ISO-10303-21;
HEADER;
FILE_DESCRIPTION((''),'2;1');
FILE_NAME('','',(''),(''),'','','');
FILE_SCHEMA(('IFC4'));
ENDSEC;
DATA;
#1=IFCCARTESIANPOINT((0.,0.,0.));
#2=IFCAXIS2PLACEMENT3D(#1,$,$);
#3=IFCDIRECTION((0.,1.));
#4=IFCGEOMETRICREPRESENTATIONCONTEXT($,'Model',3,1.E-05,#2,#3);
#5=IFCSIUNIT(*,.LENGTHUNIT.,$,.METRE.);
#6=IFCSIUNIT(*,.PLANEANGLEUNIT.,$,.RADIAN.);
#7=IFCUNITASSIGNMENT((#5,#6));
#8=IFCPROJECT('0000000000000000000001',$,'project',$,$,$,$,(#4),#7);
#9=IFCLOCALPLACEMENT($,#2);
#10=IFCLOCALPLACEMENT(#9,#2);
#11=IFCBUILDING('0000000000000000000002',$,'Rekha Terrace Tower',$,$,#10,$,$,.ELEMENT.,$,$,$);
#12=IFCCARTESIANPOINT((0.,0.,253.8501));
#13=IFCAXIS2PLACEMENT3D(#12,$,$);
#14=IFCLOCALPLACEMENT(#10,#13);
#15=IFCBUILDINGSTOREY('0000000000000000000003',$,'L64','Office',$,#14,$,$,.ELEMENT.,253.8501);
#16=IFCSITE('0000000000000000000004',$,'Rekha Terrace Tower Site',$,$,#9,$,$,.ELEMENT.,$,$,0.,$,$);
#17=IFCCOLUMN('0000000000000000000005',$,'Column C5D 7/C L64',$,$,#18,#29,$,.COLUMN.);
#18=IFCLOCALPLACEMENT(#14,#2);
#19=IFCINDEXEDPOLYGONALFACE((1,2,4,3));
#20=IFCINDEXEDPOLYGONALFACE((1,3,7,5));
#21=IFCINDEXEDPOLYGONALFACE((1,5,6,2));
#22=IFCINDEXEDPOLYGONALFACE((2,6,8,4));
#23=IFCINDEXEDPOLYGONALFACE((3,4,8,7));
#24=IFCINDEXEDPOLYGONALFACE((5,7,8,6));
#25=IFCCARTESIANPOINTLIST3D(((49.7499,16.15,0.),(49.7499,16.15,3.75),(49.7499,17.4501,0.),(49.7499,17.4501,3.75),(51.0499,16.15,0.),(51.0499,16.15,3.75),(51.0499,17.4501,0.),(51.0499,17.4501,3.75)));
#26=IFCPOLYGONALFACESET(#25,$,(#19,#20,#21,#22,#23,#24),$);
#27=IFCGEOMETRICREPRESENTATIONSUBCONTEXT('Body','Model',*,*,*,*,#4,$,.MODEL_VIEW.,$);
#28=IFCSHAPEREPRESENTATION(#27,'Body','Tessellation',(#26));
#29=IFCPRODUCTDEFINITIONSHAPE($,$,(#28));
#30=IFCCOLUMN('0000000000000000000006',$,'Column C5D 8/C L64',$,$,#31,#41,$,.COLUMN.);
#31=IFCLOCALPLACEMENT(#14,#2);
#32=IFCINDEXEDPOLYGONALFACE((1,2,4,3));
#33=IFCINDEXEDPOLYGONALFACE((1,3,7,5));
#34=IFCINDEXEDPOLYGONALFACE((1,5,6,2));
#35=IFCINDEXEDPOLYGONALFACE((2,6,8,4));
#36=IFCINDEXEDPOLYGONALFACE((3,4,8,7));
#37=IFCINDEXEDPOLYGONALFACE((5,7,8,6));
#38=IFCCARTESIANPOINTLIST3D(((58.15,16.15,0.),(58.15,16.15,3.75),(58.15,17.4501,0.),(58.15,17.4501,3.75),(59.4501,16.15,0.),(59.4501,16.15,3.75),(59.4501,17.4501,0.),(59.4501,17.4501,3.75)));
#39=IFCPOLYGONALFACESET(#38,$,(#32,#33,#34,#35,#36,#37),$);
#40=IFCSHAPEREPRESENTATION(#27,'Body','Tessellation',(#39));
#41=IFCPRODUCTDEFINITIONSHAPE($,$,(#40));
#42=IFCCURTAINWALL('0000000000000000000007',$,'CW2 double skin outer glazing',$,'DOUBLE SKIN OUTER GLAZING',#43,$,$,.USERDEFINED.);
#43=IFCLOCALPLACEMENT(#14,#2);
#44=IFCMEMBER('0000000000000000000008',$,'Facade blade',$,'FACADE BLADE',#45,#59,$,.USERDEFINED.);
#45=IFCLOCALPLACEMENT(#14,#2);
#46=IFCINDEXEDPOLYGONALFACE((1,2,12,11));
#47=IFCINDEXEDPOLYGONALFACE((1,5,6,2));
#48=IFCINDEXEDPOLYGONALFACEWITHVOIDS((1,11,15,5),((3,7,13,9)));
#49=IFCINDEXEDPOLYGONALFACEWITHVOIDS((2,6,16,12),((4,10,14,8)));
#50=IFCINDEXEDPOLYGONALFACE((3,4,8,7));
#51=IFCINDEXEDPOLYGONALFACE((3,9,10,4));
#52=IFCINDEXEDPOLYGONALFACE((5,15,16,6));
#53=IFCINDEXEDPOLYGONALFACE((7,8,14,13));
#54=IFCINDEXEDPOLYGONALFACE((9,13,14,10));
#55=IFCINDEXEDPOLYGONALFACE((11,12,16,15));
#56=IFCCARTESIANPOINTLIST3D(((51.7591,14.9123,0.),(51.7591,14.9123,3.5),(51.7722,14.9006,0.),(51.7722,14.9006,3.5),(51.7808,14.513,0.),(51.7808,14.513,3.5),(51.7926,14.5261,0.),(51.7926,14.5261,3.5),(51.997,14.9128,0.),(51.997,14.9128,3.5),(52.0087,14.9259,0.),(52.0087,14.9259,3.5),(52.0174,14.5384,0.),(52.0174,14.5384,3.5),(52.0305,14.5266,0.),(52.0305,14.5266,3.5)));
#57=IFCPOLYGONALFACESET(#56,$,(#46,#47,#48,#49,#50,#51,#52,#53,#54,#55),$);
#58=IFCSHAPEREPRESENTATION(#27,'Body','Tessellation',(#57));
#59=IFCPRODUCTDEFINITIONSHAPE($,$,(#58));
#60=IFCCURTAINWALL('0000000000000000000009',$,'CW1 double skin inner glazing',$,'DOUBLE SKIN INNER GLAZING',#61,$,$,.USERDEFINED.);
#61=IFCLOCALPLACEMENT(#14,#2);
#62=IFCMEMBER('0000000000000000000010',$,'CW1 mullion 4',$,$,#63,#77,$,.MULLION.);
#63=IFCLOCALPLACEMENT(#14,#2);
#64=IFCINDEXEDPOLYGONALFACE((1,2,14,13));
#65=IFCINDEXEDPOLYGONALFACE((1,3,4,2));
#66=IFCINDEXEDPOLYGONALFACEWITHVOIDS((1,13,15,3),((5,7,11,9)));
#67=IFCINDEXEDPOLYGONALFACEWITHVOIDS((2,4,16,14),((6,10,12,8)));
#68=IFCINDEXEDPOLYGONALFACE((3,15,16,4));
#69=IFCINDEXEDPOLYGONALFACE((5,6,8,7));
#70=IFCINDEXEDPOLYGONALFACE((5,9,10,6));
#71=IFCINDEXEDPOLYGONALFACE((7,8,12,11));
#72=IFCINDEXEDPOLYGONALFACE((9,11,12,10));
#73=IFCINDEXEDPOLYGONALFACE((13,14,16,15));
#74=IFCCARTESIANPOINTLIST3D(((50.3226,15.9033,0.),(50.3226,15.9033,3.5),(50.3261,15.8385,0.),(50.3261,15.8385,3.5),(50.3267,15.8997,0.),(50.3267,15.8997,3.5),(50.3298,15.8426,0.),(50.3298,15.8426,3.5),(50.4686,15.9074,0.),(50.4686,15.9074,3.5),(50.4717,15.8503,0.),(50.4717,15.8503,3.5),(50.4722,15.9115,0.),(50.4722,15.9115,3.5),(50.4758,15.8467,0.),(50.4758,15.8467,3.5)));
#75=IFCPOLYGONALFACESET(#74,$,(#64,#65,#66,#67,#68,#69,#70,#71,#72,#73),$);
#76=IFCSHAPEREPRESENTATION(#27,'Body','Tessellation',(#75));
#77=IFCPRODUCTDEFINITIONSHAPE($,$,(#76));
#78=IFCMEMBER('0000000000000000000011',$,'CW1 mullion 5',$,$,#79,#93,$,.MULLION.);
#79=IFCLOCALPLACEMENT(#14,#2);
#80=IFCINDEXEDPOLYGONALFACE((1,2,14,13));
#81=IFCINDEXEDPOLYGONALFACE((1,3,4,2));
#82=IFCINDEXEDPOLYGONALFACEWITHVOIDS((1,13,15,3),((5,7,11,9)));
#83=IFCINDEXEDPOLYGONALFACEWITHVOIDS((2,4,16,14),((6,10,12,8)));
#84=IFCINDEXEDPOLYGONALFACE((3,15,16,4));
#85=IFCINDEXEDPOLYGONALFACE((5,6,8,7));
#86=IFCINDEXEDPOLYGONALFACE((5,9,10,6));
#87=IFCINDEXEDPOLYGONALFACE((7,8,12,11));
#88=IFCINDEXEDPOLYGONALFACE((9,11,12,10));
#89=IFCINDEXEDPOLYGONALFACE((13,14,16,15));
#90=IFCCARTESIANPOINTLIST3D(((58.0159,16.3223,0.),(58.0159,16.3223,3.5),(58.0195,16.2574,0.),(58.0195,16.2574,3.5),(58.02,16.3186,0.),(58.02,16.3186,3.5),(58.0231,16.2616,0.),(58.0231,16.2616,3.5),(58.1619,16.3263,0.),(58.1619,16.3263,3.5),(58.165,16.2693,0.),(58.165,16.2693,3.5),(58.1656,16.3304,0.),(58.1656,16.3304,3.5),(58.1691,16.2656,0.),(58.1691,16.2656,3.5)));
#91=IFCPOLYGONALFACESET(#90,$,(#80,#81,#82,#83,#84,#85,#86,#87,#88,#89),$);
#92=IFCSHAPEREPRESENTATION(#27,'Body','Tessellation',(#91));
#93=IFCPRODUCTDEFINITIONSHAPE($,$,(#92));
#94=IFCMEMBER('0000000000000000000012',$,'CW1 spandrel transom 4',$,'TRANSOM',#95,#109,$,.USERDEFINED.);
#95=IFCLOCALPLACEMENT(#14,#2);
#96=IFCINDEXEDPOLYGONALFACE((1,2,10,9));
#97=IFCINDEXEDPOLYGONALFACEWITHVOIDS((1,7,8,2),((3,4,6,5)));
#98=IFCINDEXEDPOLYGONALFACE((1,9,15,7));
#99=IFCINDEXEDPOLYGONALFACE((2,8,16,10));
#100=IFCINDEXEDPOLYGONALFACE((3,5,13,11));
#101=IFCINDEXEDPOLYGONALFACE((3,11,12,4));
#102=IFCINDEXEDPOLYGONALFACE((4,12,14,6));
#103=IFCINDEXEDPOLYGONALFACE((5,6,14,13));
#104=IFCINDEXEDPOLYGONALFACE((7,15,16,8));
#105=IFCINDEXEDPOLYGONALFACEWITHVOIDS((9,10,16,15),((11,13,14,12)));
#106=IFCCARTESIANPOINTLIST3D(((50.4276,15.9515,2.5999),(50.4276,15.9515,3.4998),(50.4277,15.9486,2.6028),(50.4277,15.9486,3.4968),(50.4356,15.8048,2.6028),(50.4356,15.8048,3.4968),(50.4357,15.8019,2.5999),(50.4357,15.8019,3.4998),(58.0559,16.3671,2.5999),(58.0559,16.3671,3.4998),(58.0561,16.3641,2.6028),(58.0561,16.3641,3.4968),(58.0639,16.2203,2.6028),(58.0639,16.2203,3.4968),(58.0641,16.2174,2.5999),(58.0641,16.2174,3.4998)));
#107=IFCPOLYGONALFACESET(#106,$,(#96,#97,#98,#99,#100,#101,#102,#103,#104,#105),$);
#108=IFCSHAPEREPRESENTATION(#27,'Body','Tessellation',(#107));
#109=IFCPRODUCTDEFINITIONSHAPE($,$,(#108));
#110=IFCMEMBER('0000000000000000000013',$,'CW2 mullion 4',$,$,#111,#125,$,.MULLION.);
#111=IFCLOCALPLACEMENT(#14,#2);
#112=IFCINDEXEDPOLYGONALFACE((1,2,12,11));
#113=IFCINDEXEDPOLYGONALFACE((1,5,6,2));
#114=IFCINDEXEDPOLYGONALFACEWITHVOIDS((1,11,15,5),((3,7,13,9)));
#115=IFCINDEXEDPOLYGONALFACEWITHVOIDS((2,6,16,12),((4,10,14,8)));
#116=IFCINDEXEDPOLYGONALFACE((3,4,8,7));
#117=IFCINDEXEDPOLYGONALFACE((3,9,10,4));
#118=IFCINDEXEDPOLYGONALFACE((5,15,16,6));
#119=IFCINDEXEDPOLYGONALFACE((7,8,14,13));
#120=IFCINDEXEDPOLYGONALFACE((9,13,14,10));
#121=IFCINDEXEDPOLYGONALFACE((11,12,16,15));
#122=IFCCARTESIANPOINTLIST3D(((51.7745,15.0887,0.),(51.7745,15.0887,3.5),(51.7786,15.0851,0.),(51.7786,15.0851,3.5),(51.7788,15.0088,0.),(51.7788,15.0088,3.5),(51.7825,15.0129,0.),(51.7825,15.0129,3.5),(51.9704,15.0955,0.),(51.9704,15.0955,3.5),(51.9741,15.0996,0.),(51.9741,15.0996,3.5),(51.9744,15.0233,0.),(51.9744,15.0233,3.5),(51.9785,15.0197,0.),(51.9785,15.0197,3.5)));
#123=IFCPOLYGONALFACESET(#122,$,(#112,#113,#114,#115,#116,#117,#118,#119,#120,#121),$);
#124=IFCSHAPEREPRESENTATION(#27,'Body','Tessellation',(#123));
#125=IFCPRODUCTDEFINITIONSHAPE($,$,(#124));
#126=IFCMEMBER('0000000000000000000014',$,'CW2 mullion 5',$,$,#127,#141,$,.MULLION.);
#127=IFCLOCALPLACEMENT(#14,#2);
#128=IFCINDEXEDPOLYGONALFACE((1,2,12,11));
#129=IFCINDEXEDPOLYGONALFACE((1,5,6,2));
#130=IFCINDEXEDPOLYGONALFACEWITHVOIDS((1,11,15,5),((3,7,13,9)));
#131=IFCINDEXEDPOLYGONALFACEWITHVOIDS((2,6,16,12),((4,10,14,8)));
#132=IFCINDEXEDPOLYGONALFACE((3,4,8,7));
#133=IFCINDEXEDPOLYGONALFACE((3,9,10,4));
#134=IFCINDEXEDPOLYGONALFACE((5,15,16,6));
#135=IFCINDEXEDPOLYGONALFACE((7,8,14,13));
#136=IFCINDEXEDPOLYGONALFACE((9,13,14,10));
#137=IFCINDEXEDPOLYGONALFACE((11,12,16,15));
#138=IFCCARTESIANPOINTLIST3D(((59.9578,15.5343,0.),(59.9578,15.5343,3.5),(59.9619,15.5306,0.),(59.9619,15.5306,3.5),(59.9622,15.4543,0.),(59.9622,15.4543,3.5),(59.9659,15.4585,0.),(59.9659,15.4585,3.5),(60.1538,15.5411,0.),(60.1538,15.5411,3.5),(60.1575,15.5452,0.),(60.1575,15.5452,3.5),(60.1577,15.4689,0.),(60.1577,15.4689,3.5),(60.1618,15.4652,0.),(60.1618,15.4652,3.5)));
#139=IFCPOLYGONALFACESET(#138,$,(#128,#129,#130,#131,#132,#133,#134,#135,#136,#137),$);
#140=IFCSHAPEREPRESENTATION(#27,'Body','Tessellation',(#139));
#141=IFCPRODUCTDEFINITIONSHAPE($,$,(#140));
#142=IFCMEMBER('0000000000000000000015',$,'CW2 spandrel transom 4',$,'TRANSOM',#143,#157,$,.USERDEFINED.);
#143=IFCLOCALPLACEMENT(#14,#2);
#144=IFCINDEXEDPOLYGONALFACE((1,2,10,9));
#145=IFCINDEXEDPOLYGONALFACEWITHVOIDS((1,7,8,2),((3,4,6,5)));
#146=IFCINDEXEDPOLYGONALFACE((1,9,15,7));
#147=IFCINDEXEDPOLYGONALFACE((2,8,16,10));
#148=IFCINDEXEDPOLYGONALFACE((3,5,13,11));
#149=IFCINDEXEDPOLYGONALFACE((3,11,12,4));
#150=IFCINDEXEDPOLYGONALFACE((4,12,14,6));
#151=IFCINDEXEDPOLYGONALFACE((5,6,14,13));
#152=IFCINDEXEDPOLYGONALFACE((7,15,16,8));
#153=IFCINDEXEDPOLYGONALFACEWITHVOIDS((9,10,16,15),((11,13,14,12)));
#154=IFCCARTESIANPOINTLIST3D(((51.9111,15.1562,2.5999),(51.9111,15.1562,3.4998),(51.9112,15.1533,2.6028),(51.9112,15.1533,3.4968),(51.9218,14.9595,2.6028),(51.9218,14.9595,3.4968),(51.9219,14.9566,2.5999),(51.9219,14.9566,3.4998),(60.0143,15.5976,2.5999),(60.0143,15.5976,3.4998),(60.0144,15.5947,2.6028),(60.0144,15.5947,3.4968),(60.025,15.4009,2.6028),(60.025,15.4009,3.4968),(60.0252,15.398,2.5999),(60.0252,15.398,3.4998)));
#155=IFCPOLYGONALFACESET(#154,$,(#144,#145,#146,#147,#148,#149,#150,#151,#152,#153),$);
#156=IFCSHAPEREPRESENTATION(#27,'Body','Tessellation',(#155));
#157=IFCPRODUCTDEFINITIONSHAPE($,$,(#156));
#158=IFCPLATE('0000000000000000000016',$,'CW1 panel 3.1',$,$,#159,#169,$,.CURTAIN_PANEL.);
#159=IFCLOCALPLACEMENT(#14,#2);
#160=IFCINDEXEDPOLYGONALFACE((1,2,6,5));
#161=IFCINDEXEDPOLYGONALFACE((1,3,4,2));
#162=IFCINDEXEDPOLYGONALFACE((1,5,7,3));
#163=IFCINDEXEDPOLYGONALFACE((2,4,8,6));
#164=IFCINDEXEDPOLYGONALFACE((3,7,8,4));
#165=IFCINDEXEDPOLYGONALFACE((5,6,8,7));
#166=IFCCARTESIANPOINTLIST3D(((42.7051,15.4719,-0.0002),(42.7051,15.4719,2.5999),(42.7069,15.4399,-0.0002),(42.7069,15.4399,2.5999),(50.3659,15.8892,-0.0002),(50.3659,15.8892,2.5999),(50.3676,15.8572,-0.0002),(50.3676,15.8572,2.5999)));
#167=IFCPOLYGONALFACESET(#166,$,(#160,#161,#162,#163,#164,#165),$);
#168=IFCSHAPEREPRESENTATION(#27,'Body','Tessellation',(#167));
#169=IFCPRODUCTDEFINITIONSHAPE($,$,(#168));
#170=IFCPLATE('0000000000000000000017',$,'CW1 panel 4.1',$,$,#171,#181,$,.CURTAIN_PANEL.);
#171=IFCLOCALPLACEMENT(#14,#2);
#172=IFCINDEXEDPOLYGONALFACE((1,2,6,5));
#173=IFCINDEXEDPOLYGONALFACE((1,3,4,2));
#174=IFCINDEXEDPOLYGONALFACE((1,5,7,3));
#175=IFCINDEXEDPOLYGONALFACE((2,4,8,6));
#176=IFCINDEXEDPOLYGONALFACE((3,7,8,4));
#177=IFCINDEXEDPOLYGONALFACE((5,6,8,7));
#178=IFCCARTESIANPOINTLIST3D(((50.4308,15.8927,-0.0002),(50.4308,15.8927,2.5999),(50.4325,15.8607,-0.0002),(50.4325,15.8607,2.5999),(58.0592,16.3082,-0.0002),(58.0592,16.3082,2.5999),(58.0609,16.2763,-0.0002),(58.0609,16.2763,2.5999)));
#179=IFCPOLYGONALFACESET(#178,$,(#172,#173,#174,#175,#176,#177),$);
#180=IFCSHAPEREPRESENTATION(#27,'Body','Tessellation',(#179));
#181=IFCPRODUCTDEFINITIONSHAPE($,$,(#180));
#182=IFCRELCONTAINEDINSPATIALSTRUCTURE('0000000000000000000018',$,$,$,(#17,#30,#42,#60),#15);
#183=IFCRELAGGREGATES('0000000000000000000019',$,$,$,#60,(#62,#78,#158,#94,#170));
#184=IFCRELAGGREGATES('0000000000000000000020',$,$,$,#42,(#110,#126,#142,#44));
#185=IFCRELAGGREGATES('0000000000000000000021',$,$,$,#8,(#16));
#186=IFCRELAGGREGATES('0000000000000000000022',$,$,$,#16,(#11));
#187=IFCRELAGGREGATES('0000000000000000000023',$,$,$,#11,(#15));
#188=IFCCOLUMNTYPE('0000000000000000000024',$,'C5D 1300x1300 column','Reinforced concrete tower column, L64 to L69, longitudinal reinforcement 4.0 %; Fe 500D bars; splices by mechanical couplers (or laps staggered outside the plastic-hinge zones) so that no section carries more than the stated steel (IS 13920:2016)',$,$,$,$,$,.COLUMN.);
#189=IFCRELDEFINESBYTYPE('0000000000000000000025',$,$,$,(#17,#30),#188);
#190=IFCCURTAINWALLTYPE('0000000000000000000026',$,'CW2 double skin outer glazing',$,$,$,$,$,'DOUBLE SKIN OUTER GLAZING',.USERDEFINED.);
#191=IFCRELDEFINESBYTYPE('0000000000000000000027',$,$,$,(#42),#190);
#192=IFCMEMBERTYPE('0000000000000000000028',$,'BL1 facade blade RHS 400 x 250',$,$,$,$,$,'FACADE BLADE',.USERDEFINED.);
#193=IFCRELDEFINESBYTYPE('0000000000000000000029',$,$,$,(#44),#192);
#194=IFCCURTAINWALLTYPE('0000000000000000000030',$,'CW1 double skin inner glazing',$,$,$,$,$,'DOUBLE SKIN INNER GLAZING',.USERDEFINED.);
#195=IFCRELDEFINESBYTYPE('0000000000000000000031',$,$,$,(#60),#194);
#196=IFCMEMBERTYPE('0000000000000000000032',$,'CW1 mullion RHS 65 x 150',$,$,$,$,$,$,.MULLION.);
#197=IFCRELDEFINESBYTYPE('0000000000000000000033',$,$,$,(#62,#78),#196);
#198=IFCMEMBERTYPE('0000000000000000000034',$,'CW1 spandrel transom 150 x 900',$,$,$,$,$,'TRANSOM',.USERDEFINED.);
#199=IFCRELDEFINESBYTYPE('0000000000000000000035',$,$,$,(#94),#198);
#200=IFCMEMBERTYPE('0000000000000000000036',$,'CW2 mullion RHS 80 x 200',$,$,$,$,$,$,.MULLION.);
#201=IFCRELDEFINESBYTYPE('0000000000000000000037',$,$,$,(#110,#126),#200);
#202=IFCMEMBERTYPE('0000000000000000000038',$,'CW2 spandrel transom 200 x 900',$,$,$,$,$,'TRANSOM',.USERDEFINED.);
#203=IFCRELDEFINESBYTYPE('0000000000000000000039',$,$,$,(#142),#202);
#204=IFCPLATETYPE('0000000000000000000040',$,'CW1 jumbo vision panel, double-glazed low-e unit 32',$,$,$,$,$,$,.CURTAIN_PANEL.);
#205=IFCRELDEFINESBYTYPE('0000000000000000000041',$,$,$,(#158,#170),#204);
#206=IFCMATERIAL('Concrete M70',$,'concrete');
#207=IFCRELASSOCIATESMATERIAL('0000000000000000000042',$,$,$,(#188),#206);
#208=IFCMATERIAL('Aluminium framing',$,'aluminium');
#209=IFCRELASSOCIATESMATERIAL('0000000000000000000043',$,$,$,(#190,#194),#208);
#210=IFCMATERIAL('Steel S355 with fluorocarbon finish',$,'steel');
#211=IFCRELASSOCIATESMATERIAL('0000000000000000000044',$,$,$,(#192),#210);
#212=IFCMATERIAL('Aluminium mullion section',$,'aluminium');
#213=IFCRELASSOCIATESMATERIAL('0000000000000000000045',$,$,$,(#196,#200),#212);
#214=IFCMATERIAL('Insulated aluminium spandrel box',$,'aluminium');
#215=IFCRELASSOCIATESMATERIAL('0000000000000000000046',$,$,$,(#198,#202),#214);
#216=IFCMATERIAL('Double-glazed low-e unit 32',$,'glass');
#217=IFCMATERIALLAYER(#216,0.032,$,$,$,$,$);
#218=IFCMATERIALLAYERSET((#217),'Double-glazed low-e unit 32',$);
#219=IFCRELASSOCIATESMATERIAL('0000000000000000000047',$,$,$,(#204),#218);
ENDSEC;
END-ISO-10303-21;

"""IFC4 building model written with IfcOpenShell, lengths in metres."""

from ifc_helpers import new_model, si_unit, direction, frame, origin, origin_2d, place, context, subcontext, project, spatial, rectangle, hollow_rectangle, extrude, material, layer, layer_set, material_profile, profile_set, type_object, element, aggregate, save


model = new_model("IFC4")

# Units and contexts
model_context = context("Model", 3, precision=1e-05, world=origin(), true_north=direction((0.0, 1.0)))
body_context = subcontext(model_context, "Body", "Model", "MODEL_VIEW")
ifc_project = project(units=[si_unit("LENGTHUNIT", "METRE"), si_unit("PLANEANGLEUNIT", "RADIAN")], contexts=[model_context])

# Site, building, storey
site_placement = place(None, origin())
site = spatial("IfcSite", under=ifc_project, at=site_placement, Name="Rekha Terrace Tower Site", CompositionType="ELEMENT", RefElevation=0.0)
building_placement = place(site_placement, origin())
building = spatial("IfcBuilding", under=site, at=building_placement, Name="Rekha Terrace Tower", CompositionType="ELEMENT")
storey_placement = place(building_placement, frame((0.0, 0.0, 253.8501)))
storey = spatial("IfcBuildingStorey", under=building, at=storey_placement, Name="L64", Description="Office", CompositionType="ELEMENT", Elevation=253.8501)

# Columns
ifc_material_1 = material(Name="Concrete M70", Category="concrete")
ifc_material_profile_1 = material_profile(ifc_material_1, rectangle(XDim=1.3, YDim=1.3, at=origin_2d()), Name="RC 1300x1300")
ifc_profile_set_1 = profile_set([ifc_material_profile_1], Name="Concrete M70")
column_type = type_object("IfcColumnType", Name="C5D 1300x1300 column", Description="Reinforced concrete tower column, L64 to L69, longitudinal reinforcement 4.0 %; Fe 500D bars; splices by mechanical couplers (or laps staggered outside the plastic-hinge zones) so that no section carries more than the stated steel (IS 13920:2016)", PredefinedType="COLUMN", material=ifc_profile_set_1)
for number, where, z_axis, x_axis, name in (
    (1, (50.3999, 16.8, 0.0), (0.0, 0.0, 1.0), (1.0, 0.0, 0.0), "Column C5D 7/C L64"),
    (2, (58.8, 16.8, 0.0), (0.0, 0.0, 1.0), (1.0, 0.0, 0.0), "Column C5D 8/C L64"),
):
    element("IfcColumn", number, at=place(storey_placement, frame(where, z_axis=z_axis, x_axis=x_axis)), inside=storey, type_object=column_type, Name=name, PredefinedType="COLUMN", context=body_context, shape_type="SweptSolid", body=[
        extrude(rectangle(XDim=1.3, YDim=1.3, at=origin_2d()), origin(), (0.0, 0.0, 1.0), 3.75),
    ])

# Curtain wall, member
ifc_material_2 = material(Name="Aluminium framing", Category="aluminium")
curtain_wall_type_1 = type_object("IfcCurtainWallType", Name="CW2 double skin outer glazing", ElementType="DOUBLE SKIN OUTER GLAZING", PredefinedType="USERDEFINED", material=ifc_material_2)
curtain_wall_1_placement = place(storey_placement, origin())
curtain_wall_1 = element("IfcCurtainWall", 3, at=curtain_wall_1_placement, inside=storey, type_object=curtain_wall_type_1, Name="CW2 double skin outer glazing", ObjectType="DOUBLE SKIN OUTER GLAZING", PredefinedType="USERDEFINED")
ifc_material_3 = material(Name="Steel S355 with fluorocarbon finish", Category="steel")
ifc_material_profile_2 = material_profile(ifc_material_3, hollow_rectangle(XDim=0.25, YDim=0.3999, WallThickness=0.0125, at=origin_2d()), Name="RHS400x250x12.5")
ifc_profile_set_2 = profile_set([ifc_material_profile_2], Name="Steel S355 with fluorocarbon finish")
member_type_1 = type_object("IfcMemberType", Name="BL1 facade blade RHS 400 x 250", ElementType="FACADE BLADE", PredefinedType="USERDEFINED", material=ifc_profile_set_2)
member_1_placement = place(storey_placement, frame((51.8948, 14.7195, 0.0), z_axis=(0.0, 0.0, 1.0), x_axis=(0.99852, 0.054389, 0.0)))
member_1 = element("IfcMember", 4, at=member_1_placement, type_object=member_type_1, Name="Facade blade", ObjectType="FACADE BLADE", PredefinedType="USERDEFINED", context=body_context, shape_type="SweptSolid", body=[
    extrude(hollow_rectangle(XDim=0.25, YDim=0.3999, WallThickness=0.0125, at=origin_2d()), origin(), (0.0, 0.0, 1.0), 3.5),
])

# Curtain wall, members
curtain_wall_type_2 = type_object("IfcCurtainWallType", Name="CW1 double skin inner glazing", ElementType="DOUBLE SKIN INNER GLAZING", PredefinedType="USERDEFINED", material=ifc_material_2)
curtain_wall_2_placement = place(storey_placement, origin())
curtain_wall_2 = element("IfcCurtainWall", 5, at=curtain_wall_2_placement, inside=storey, type_object=curtain_wall_type_2, Name="CW1 double skin inner glazing", ObjectType="DOUBLE SKIN INNER GLAZING", PredefinedType="USERDEFINED")
ifc_material_4 = material(Name="Aluminium mullion section", Category="aluminium")
ifc_material_profile_3 = material_profile(ifc_material_4, hollow_rectangle(XDim=0.0649, YDim=0.1499, WallThickness=0.0039, at=origin_2d()), Name="AL RHS 65x150")
ifc_profile_set_3 = profile_set([ifc_material_profile_3], Name="Aluminium mullion section")
member_type_2 = type_object("IfcMemberType", Name="CW1 mullion RHS 65 x 150", PredefinedType="MULLION", material=ifc_profile_set_3)
member_2_placement = place(storey_placement, frame((50.3992, 15.875, 0.0), z_axis=(0.0, 0.0, 1.0), x_axis=(-0.054389, 0.99852, 0.0)))
member_2 = element("IfcMember", 6, at=member_2_placement, type_object=member_type_2, Name="CW1 mullion 4", PredefinedType="MULLION", context=body_context, shape_type="SweptSolid", body=[
    extrude(hollow_rectangle(XDim=0.0649, YDim=0.1499, WallThickness=0.0039, at=origin_2d()), origin(), (0.0, 0.0, 1.0), 3.5),
])
member_3_placement = place(storey_placement, frame((58.0925, 16.2939, 0.0), z_axis=(0.0, 0.0, 1.0), x_axis=(-0.054389, 0.99852, 0.0)))
member_3 = element("IfcMember", 7, at=member_3_placement, type_object=member_type_2, Name="CW1 mullion 5", PredefinedType="MULLION", context=body_context, shape_type="SweptSolid", body=[
    extrude(hollow_rectangle(XDim=0.0649, YDim=0.1499, WallThickness=0.0039, at=origin_2d()), origin(), (0.0, 0.0, 1.0), 3.5),
])
ifc_material_5 = material(Name="Insulated aluminium spandrel box", Category="aluminium")
ifc_material_profile_4 = material_profile(ifc_material_5, hollow_rectangle(XDim=0.1499, YDim=0.8999, WallThickness=0.0029, at=origin_2d()), Name="AL SPANDREL BOX 150x900")
ifc_profile_set_4 = profile_set([ifc_material_profile_4], Name="Insulated aluminium spandrel box")
member_type_3 = type_object("IfcMemberType", Name="CW1 spandrel transom 150 x 900", ElementType="TRANSOM", PredefinedType="USERDEFINED", material=ifc_profile_set_4)
member_4_placement = place(storey_placement, frame((50.4316, 15.8767, 3.0498), z_axis=(0.99852, 0.05439, 0.0), x_axis=(-0.05439, 0.99852, 0.0)))
member_4 = element("IfcMember", 8, at=member_4_placement, type_object=member_type_3, Name="CW1 spandrel transom 4", ObjectType="TRANSOM", PredefinedType="USERDEFINED", context=body_context, shape_type="SweptSolid", body=[
    extrude(hollow_rectangle(XDim=0.1499, YDim=0.8999, WallThickness=0.0029, at=origin_2d()), origin(), (0.0, 0.0, 1.0), 7.6396),
])

# Members
ifc_material_profile_5 = material_profile(ifc_material_4, hollow_rectangle(XDim=0.0801, YDim=0.2, WallThickness=0.0039, at=origin_2d()), Name="AL RHS 80x200")
ifc_profile_set_5 = profile_set([ifc_material_profile_5], Name="Aluminium mullion section")
member_type_4 = type_object("IfcMemberType", Name="CW2 mullion RHS 80 x 200", PredefinedType="MULLION", material=ifc_profile_set_5)
member_5_placement = place(storey_placement, frame((51.8765, 15.0542, 0.0), z_axis=(0.0, 0.0, 1.0), x_axis=(-0.054389, 0.99852, 0.0)))
member_5 = element("IfcMember", 9, at=member_5_placement, type_object=member_type_4, Name="CW2 mullion 4", PredefinedType="MULLION", context=body_context, shape_type="SweptSolid", body=[
    extrude(hollow_rectangle(XDim=0.0801, YDim=0.2, WallThickness=0.0039, at=origin_2d()), origin(), (0.0, 0.0, 1.0), 3.5),
])
member_6_placement = place(storey_placement, frame((60.0598, 15.4998, 0.0), z_axis=(0.0, 0.0, 1.0), x_axis=(-0.054389, 0.99852, 0.0)))
member_6 = element("IfcMember", 10, at=member_6_placement, type_object=member_type_4, Name="CW2 mullion 5", PredefinedType="MULLION", context=body_context, shape_type="SweptSolid", body=[
    extrude(hollow_rectangle(XDim=0.0801, YDim=0.2, WallThickness=0.0039, at=origin_2d()), origin(), (0.0, 0.0, 1.0), 3.5),
])
ifc_material_profile_6 = material_profile(ifc_material_5, hollow_rectangle(XDim=0.2, YDim=0.8999, WallThickness=0.0029, at=origin_2d()), Name="AL SPANDREL BOX 200x900")
ifc_profile_set_6 = profile_set([ifc_material_profile_6], Name="Insulated aluminium spandrel box")
member_type_5 = type_object("IfcMemberType", Name="CW2 spandrel transom 200 x 900", ElementType="TRANSOM", PredefinedType="USERDEFINED", material=ifc_profile_set_6)
member_7_placement = place(storey_placement, frame((51.9165, 15.0564, 3.0498), z_axis=(0.99852, 0.054392, 0.0), x_axis=(-0.054392, 0.99852, 0.0)))
member_7 = element("IfcMember", 11, at=member_7_placement, type_object=member_type_5, Name="CW2 spandrel transom 4", ObjectType="TRANSOM", PredefinedType="USERDEFINED", context=body_context, shape_type="SweptSolid", body=[
    extrude(hollow_rectangle(XDim=0.2, YDim=0.8999, WallThickness=0.0029, at=origin_2d()), origin(), (0.0, 0.0, 1.0), 8.1152),
])

# Plates
ifc_material_6 = material(Name="Double-glazed low-e unit 32", Category="glass")
ifc_layer_1 = layer(ifc_material_6, 0.032)
ifc_layer_set_1 = layer_set([ifc_layer_1], Name="Double-glazed low-e unit 32")
plate_type_1 = type_object("IfcPlateType", Name="CW1 jumbo vision panel, double-glazed low-e unit 32", PredefinedType="CURTAIN_PANEL", material=ifc_layer_set_1)
plate_1_placement = place(storey_placement, frame((46.5364, 15.6646, -0.0002), z_axis=(0.0, 0.0, 1.0), x_axis=(0.99852, 0.054389, 0.0)))
plate_1 = element("IfcPlate", 12, at=plate_1_placement, type_object=plate_type_1, Name="CW1 panel 3.1", PredefinedType="CURTAIN_PANEL", context=body_context, shape_type="SweptSolid", body=[
    extrude(rectangle(XDim=7.6721, YDim=0.032, at=origin_2d()), origin(), (0.0, 0.0, 1.0), 2.6001),
])
plate_2_placement = place(storey_placement, frame((54.2458, 16.0845, -0.0002), z_axis=(0.0, 0.0, 1.0), x_axis=(0.99852, 0.054389, 0.0)))
plate_2 = element("IfcPlate", 13, at=plate_2_placement, type_object=plate_type_1, Name="CW1 panel 4.1", PredefinedType="CURTAIN_PANEL", context=body_context, shape_type="SweptSolid", body=[
    extrude(rectangle(XDim=7.6396, YDim=0.032, at=origin_2d()), origin(), (0.0, 0.0, 1.0), 2.6001),
])
aggregate(curtain_wall_2, [member_2, member_3, plate_1, member_4, plate_2])
aggregate(curtain_wall_1, [member_5, member_6, member_7, member_1])

save(model, "model.ifc")
